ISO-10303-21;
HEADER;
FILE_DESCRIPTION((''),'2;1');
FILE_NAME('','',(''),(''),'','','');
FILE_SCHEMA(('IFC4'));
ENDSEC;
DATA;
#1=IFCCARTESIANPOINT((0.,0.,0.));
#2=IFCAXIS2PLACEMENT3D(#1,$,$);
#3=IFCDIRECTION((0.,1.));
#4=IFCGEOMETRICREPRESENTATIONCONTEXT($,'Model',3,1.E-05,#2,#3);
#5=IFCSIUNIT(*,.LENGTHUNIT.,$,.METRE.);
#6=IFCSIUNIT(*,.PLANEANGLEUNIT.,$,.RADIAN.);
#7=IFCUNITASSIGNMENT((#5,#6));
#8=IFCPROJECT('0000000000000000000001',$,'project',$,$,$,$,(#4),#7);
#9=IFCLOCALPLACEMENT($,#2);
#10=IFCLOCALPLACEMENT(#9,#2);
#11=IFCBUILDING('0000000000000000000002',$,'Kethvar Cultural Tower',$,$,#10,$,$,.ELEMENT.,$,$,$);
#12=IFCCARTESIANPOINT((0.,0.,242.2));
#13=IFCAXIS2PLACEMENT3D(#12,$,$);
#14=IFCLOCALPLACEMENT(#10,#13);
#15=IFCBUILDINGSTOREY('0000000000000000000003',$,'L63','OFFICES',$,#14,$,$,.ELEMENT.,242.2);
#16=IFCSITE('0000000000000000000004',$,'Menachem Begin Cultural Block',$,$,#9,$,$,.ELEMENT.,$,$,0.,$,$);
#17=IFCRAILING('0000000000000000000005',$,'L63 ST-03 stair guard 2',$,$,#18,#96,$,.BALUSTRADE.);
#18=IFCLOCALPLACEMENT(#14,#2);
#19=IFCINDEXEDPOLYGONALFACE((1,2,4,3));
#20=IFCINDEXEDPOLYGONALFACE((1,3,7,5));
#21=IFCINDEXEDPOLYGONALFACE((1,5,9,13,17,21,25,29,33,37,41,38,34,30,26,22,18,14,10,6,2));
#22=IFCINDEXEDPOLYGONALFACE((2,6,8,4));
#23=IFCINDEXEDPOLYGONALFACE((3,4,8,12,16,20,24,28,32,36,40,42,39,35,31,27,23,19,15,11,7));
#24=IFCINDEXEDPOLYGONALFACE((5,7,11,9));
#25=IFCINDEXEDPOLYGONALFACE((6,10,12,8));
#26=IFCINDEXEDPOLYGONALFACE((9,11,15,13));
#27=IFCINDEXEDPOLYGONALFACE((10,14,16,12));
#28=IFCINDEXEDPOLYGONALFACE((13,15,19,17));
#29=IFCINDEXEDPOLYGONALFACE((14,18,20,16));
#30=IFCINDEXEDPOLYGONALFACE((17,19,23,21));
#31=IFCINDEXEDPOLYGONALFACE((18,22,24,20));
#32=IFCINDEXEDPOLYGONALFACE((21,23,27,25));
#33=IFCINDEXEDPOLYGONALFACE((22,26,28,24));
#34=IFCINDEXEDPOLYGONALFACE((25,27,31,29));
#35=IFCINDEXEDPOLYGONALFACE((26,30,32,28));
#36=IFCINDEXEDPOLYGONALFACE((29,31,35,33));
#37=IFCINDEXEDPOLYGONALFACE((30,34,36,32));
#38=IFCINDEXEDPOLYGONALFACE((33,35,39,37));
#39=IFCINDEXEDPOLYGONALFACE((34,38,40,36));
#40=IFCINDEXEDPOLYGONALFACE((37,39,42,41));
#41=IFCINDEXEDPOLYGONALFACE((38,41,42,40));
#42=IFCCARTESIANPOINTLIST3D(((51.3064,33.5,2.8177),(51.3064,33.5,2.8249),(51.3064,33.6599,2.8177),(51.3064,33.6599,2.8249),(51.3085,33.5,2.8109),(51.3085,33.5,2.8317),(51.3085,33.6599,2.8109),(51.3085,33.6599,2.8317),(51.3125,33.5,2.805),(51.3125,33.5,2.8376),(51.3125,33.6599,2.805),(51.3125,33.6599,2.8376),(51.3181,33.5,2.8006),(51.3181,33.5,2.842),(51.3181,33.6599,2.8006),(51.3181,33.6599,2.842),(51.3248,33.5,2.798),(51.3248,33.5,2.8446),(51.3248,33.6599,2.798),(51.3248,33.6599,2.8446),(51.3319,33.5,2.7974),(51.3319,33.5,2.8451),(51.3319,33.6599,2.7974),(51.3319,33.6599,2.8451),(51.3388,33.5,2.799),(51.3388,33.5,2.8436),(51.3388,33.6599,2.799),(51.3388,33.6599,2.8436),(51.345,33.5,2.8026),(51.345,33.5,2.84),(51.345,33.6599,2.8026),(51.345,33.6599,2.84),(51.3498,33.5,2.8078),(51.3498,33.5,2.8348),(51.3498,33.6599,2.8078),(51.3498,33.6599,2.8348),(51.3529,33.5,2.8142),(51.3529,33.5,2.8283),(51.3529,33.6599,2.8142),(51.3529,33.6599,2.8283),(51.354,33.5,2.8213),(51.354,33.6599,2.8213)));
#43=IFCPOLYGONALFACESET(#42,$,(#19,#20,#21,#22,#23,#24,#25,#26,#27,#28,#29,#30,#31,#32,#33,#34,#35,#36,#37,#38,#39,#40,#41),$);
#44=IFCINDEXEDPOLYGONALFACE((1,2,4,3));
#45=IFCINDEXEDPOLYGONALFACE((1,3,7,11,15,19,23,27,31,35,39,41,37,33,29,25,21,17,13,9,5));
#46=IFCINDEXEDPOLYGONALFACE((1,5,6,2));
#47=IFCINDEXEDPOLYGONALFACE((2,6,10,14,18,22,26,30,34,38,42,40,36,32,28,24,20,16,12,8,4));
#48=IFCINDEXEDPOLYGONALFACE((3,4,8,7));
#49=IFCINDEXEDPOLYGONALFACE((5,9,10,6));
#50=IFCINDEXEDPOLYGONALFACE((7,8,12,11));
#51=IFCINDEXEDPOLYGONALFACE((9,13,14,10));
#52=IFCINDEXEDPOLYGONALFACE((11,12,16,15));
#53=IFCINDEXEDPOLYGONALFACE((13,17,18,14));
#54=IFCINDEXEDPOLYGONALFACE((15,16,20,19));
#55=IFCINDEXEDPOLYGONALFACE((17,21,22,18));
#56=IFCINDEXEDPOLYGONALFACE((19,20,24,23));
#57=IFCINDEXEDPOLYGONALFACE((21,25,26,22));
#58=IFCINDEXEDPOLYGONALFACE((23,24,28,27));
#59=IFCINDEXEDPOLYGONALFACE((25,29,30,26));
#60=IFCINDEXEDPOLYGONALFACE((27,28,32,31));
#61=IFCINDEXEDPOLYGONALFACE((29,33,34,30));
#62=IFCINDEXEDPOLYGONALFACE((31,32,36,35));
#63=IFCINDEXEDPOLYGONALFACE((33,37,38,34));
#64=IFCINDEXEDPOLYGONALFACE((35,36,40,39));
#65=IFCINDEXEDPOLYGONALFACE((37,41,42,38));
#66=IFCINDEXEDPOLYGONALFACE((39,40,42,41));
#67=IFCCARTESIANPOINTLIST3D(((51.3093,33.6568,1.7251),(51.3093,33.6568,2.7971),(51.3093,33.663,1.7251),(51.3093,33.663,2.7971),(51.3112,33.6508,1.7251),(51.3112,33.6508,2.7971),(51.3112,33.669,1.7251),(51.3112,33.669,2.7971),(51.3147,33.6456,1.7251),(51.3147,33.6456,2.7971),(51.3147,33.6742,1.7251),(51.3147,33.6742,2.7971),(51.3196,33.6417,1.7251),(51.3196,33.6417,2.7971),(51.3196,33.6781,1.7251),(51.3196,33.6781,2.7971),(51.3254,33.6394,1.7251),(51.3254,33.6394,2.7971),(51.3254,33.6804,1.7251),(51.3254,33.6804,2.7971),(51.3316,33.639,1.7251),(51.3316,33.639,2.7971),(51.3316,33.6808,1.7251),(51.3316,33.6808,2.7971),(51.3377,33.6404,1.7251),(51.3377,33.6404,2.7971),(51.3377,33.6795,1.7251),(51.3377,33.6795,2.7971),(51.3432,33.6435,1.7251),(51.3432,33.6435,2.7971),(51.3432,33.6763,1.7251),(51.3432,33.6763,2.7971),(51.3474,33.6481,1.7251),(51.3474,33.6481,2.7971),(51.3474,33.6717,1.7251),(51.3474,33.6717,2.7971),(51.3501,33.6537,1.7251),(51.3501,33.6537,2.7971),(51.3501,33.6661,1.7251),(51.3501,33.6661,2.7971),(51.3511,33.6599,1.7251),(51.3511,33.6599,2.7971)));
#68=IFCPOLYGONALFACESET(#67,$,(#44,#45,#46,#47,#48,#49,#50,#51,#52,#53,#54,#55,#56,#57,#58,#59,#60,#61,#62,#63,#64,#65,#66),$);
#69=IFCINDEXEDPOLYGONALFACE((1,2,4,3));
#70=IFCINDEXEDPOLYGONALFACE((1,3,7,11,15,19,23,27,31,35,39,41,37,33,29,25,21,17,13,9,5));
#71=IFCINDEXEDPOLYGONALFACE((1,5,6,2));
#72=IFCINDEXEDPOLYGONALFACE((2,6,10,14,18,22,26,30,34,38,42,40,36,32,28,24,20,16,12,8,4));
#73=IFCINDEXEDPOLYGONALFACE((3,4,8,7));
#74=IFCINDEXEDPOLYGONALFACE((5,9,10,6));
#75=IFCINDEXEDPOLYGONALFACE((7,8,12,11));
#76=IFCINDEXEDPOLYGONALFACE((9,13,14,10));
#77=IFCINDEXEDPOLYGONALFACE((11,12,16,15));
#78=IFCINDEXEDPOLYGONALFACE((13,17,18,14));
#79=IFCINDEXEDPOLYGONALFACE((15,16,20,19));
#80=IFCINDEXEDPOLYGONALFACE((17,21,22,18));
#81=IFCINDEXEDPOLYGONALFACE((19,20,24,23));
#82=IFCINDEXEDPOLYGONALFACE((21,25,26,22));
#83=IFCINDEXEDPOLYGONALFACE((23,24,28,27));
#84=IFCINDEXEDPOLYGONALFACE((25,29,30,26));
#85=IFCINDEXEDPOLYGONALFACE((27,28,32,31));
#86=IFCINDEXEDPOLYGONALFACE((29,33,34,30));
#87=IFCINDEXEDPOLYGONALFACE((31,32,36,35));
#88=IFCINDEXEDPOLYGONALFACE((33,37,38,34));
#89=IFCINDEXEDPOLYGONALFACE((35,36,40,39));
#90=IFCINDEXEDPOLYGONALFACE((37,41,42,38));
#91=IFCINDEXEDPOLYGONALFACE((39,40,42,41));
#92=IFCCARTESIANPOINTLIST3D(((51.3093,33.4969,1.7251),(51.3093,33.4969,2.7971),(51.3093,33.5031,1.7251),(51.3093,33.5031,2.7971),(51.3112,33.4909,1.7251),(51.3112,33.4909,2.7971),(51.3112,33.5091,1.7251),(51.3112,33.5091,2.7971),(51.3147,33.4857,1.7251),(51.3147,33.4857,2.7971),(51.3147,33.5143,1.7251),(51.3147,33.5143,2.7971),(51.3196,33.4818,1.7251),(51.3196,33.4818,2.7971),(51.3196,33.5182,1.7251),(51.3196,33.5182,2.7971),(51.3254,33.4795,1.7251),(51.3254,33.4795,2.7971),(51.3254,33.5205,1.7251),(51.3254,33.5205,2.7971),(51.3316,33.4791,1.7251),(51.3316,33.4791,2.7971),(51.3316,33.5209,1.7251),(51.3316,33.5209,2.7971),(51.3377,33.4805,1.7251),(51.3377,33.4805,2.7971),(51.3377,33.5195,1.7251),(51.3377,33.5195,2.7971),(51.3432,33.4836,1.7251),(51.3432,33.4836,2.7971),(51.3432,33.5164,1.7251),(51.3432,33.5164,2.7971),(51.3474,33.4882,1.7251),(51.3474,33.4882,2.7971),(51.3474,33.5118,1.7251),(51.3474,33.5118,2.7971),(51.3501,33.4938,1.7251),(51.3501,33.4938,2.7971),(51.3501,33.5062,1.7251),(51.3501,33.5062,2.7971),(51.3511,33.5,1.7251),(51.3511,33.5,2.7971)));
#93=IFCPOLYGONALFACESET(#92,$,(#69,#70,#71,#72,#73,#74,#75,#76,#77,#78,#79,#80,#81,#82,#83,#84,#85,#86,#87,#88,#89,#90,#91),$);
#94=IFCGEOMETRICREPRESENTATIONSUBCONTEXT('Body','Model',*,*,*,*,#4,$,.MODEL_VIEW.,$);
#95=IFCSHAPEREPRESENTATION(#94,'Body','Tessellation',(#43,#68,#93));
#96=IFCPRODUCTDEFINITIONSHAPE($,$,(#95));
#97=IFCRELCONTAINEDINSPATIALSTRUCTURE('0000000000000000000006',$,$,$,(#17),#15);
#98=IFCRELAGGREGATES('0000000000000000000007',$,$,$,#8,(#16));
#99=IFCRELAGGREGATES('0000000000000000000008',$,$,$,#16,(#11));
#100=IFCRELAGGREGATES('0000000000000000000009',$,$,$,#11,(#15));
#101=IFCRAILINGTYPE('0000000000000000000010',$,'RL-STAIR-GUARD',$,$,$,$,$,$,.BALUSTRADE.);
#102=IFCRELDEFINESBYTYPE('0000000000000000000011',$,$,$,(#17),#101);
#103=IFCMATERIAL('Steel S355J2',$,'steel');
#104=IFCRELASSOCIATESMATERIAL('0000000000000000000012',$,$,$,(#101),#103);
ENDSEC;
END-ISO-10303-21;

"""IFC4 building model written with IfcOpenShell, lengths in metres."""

from ifc_helpers import new_model, si_unit, direction, frame, origin, origin_2d, place, context, subcontext, project, spatial, circle, extrude, material, type_object, element, save


model = new_model("IFC4")

# Units and contexts
model_context = context("Model", 3, precision=1e-05, world=origin(), true_north=direction((0.0, 1.0)))
body_context = subcontext(model_context, "Body", "Model", "MODEL_VIEW")
ifc_project = project(units=[si_unit("LENGTHUNIT", "METRE"), si_unit("PLANEANGLEUNIT", "RADIAN")], contexts=[model_context])

# Site, building, storey
site_placement = place(None, origin())
site = spatial("IfcSite", under=ifc_project, at=site_placement, Name="Menachem Begin Cultural Block", CompositionType="ELEMENT", RefElevation=0.0)
building_placement = place(site_placement, origin())
building = spatial("IfcBuilding", under=site, at=building_placement, Name="Kethvar Cultural Tower", CompositionType="ELEMENT")
storey_placement = place(building_placement, frame((0.0, 0.0, 242.2)))
storey = spatial("IfcBuildingStorey", under=building, at=storey_placement, Name="L63", Description="OFFICES", CompositionType="ELEMENT", Elevation=242.2)

# Shared definitions
ifc_material_1 = material(Name="Steel S355J2", Category="steel")

# Railing
railing_type_1 = type_object("IfcRailingType", Name="RL-STAIR-GUARD", PredefinedType="BALUSTRADE", material=ifc_material_1)
railing_1_placement = place(storey_placement, frame((51.3301, 33.6599, 1.7251)))
element("IfcRailing", 1, at=railing_1_placement, inside=storey, type_object=railing_type_1, Name="L63 ST-03 stair guard 2", PredefinedType="BALUSTRADE", context=body_context, shape_type="SweptSolid", body=[
    extrude(circle(Radius=0.0239, at=origin_2d()), frame((0.0, 0.0, 1.0962), z_axis=(0.0, -1.0, 0.0), x_axis=(1.0, 0.0, 0.0)), (0.0, 0.0, 1.0), 0.1599),
    extrude(circle(Radius=0.021, at=origin_2d()), origin(), (0.0, 0.0, 1.0), 1.072),
    extrude(circle(Radius=0.021, at=origin_2d()), frame((0.0, -0.1599, 0.0)), (0.0, 0.0, 1.0), 1.072),
])

save(model, "model.ifc")
